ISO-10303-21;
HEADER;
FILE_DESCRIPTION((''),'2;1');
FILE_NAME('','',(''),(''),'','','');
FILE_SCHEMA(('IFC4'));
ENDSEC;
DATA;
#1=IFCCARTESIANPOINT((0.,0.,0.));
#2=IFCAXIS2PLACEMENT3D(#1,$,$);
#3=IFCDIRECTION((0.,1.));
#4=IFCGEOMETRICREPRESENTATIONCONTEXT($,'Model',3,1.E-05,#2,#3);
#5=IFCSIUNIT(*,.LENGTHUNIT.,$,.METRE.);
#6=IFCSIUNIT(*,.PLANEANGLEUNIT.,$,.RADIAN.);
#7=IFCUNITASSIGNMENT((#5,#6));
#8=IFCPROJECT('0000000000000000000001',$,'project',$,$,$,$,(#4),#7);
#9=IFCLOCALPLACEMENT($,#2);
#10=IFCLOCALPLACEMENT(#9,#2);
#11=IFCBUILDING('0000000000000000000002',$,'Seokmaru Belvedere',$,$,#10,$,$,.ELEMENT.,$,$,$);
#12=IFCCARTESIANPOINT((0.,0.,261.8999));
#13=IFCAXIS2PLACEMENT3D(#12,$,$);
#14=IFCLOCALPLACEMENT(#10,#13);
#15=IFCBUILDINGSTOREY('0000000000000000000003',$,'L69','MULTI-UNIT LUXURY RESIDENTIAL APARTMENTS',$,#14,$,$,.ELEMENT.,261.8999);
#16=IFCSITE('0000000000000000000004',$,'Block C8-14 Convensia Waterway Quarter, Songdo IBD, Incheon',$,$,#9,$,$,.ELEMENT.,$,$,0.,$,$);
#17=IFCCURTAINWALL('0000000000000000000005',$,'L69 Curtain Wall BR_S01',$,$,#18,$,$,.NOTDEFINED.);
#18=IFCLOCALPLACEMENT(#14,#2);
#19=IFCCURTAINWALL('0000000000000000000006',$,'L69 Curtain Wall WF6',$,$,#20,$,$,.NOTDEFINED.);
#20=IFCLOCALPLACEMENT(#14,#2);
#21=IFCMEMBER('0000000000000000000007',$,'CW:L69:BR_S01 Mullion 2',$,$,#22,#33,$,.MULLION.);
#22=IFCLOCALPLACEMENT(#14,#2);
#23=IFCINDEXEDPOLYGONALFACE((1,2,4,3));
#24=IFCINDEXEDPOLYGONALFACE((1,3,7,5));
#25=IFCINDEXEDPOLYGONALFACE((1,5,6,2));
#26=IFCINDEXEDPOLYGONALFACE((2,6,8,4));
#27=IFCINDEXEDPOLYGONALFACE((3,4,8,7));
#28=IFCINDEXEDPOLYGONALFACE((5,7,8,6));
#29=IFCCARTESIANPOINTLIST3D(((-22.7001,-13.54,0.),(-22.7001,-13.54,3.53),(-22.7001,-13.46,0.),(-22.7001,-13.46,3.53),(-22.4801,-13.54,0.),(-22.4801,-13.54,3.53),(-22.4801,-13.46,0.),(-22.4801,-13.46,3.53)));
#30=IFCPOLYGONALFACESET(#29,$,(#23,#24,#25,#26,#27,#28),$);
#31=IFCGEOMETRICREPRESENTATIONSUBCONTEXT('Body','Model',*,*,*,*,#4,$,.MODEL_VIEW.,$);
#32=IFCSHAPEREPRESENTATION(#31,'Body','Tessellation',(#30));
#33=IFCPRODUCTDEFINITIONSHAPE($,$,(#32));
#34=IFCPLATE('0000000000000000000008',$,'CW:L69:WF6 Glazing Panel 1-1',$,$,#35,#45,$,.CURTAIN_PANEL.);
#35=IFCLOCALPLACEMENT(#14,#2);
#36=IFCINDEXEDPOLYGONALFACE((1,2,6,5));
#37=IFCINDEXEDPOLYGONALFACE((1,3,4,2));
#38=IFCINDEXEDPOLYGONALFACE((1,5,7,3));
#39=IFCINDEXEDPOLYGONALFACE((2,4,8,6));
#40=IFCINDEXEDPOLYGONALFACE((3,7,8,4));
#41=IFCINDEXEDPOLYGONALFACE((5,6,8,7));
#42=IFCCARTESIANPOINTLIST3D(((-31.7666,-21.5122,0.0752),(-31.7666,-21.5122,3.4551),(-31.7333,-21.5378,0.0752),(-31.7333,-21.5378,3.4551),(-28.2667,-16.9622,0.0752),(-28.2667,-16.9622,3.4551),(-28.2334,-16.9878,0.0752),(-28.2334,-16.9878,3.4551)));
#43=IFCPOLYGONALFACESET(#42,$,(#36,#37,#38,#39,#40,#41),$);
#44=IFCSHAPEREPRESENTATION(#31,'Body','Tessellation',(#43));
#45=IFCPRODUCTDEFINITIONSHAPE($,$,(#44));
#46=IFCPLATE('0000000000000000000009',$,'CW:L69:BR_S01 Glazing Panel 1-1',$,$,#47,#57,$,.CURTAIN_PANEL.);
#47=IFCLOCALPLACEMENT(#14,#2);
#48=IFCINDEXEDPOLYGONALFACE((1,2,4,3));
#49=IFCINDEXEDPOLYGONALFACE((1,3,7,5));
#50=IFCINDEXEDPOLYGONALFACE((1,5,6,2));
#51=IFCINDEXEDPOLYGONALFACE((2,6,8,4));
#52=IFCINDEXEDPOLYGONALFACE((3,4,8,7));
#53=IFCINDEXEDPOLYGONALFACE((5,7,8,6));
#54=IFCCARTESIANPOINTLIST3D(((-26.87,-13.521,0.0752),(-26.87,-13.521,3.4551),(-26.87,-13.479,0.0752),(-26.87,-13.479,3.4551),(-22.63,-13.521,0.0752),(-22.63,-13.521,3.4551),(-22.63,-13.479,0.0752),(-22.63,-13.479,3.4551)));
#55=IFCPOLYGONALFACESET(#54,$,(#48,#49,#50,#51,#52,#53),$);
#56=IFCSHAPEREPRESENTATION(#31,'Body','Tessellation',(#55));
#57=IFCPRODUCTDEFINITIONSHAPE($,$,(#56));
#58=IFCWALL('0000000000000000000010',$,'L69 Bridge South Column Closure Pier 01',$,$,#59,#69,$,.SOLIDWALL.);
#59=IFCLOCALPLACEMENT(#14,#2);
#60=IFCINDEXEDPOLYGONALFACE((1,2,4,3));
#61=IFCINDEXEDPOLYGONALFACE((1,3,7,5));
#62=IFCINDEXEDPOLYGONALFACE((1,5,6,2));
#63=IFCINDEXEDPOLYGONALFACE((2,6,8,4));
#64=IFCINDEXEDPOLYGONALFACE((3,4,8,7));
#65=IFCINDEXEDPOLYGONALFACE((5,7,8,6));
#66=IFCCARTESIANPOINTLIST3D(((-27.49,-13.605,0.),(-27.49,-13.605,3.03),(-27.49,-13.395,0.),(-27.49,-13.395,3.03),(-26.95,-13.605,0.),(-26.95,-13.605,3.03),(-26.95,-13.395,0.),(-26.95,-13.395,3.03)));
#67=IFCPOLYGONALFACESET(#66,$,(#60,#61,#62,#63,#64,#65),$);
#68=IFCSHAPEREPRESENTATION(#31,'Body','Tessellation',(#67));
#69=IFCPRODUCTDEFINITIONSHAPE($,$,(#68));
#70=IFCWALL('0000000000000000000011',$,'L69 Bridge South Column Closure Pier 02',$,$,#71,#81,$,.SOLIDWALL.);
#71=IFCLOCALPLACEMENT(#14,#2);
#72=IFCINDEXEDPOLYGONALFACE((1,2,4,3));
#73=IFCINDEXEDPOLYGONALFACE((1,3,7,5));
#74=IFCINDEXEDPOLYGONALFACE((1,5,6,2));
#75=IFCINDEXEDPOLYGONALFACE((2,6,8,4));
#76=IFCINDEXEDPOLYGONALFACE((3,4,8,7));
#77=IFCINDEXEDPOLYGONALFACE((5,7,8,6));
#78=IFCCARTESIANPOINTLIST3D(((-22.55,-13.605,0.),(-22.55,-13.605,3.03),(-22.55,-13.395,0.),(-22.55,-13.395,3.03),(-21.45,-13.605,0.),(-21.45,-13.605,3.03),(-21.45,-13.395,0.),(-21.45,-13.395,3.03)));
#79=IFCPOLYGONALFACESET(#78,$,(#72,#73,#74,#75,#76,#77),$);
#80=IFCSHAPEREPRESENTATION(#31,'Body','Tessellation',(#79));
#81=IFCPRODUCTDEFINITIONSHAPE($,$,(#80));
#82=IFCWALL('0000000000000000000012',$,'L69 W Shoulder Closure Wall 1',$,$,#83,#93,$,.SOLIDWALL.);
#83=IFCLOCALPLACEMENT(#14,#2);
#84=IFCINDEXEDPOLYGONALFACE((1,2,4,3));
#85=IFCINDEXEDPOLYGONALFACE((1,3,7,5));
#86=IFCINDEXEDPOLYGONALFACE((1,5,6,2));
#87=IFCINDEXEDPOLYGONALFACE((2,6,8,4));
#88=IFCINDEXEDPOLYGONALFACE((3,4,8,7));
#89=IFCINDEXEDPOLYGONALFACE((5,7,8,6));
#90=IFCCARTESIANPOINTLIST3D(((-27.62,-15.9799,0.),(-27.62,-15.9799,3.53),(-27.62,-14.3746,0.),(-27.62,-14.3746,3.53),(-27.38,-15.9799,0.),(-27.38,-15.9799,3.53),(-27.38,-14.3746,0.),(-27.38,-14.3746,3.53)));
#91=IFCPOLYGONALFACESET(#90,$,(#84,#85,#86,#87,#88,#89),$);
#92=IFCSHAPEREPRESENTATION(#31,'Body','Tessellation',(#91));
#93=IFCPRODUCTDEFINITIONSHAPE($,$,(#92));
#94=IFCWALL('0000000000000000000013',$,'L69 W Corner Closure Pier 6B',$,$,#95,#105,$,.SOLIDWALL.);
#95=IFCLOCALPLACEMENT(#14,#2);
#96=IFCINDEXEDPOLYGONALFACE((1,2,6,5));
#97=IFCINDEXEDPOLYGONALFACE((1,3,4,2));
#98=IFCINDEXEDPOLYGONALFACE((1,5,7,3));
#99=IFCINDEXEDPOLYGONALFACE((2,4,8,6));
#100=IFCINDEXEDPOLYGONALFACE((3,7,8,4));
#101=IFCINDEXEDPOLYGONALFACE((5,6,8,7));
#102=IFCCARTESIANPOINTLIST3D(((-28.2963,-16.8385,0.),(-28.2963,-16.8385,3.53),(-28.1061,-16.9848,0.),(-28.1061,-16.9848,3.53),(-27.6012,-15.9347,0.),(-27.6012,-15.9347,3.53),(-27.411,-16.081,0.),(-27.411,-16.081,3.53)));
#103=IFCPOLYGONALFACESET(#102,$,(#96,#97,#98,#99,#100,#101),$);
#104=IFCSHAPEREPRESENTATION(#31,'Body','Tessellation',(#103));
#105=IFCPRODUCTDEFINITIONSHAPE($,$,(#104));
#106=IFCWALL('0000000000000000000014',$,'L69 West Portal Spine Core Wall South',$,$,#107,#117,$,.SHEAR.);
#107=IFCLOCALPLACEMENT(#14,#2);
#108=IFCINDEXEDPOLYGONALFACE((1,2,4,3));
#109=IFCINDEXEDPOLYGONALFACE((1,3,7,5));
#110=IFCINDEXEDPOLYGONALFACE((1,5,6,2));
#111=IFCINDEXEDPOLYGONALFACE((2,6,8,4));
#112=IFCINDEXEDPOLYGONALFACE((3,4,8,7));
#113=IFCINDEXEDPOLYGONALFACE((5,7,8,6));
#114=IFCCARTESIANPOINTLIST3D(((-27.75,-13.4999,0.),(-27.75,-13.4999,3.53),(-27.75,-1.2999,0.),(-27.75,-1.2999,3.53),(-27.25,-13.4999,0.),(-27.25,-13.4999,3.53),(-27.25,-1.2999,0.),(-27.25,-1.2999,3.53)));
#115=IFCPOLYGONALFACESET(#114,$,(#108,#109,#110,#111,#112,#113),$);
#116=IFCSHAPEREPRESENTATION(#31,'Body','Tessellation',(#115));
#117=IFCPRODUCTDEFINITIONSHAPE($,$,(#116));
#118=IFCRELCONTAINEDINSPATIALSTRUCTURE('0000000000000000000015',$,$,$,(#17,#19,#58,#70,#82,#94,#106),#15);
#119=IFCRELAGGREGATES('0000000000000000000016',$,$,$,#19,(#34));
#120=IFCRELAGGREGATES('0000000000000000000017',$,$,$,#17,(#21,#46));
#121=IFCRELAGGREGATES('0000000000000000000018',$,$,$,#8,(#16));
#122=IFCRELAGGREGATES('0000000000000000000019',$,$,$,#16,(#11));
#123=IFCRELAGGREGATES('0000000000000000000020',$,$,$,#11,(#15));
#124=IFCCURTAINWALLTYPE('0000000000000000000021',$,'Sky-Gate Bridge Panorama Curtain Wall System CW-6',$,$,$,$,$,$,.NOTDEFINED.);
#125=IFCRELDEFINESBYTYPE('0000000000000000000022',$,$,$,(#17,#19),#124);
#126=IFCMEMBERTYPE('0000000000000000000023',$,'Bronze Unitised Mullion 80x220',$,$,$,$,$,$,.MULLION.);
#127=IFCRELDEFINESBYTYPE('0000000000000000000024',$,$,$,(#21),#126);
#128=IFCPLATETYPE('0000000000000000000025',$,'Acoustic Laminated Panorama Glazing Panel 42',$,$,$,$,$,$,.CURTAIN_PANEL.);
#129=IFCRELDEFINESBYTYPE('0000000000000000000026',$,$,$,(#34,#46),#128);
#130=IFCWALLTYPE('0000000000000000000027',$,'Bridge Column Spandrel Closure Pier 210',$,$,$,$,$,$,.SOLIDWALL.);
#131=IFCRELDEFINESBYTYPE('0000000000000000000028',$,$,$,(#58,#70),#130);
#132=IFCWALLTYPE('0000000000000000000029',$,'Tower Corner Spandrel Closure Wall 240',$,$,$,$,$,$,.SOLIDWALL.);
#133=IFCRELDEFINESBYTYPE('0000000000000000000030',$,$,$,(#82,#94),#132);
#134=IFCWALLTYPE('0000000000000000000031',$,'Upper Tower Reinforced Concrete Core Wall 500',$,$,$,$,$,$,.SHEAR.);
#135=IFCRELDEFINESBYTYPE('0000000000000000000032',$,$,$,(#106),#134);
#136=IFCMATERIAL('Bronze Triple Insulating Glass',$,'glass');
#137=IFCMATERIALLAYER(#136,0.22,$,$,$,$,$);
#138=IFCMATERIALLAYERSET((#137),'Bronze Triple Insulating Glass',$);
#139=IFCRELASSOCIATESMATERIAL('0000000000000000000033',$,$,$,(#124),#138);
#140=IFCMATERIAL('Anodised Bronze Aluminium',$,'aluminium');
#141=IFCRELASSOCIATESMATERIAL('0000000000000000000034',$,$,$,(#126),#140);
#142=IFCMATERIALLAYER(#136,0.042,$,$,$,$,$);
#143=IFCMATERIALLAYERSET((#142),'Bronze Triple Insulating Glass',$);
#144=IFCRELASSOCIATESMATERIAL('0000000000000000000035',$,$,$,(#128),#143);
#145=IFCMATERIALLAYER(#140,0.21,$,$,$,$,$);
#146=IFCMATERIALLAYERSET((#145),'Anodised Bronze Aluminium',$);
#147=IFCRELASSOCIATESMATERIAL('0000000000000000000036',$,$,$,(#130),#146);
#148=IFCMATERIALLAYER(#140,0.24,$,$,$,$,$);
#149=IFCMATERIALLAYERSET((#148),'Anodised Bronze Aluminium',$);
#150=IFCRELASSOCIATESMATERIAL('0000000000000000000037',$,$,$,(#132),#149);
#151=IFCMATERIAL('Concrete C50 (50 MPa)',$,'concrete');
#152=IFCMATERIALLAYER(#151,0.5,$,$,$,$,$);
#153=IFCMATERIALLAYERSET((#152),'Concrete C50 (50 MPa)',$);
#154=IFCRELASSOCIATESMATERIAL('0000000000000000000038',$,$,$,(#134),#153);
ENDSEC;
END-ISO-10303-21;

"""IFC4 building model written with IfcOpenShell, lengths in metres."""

from ifc_helpers import new_model, si_unit, direction, frame, frame_2d, origin, origin_2d, place, context, subcontext, project, spatial, rectangle, extrude, source, transform, mapped, material, layer, layer_set, material_profile, profile_set, type_object, type_shapes, element, aggregate, save


model = new_model("IFC4")

# Units and contexts
model_context = context("Model", 3, precision=1e-05, world=origin(), true_north=direction((0.0, 1.0)))
body_context = subcontext(model_context, "Body", "Model", "MODEL_VIEW")
ifc_project = project(units=[si_unit("LENGTHUNIT", "METRE"), si_unit("PLANEANGLEUNIT", "RADIAN")], contexts=[model_context])

# Site, building, storey
site_placement = place(None, origin())
site = spatial("IfcSite", under=ifc_project, at=site_placement, Name="Block C8-14 Convensia Waterway Quarter, Songdo IBD, Incheon", CompositionType="ELEMENT", RefElevation=0.0)
building_placement = place(site_placement, origin())
building = spatial("IfcBuilding", under=site, at=building_placement, Name="Seokmaru Belvedere", CompositionType="ELEMENT")
storey_placement = place(building_placement, frame((0.0, 0.0, 261.8999)))
storey = spatial("IfcBuildingStorey", under=building, at=storey_placement, Name="L69", Description="MULTI-UNIT LUXURY RESIDENTIAL APARTMENTS", CompositionType="ELEMENT", Elevation=261.8999)

# Curtain wall
ifc_material_1 = material(Name="Bronze Triple Insulating Glass", Category="glass")
ifc_layer_1 = layer(ifc_material_1, 0.22)
ifc_layer_set_1 = layer_set([ifc_layer_1], Name="Bronze Triple Insulating Glass")
curtain_wall_type = type_object("IfcCurtainWallType", Name="Sky-Gate Bridge Panorama Curtain Wall System CW-6", PredefinedType="NOTDEFINED", material=ifc_layer_set_1)
curtain_wall_1_placement = place(storey_placement, origin())
curtain_wall_1 = element("IfcCurtainWall", 1, at=curtain_wall_1_placement, inside=storey, type_object=curtain_wall_type, Name="L69 Curtain Wall BR_S01", PredefinedType="NOTDEFINED")
ifc_material_2 = material(Name="Anodised Bronze Aluminium", Category="aluminium")

# Curtain wall
curtain_wall_2_placement = place(storey_placement, origin())
curtain_wall_2 = element("IfcCurtainWall", 2, at=curtain_wall_2_placement, inside=storey, type_object=curtain_wall_type, Name="L69 Curtain Wall WF6", PredefinedType="NOTDEFINED")
ifc_material_profile_1 = material_profile(ifc_material_2, rectangle(XDim=0.0801, YDim=0.22, at=origin_2d()), Name="CW-M-80x220")
ifc_profile_set_1 = profile_set([ifc_material_profile_1], Name="Anodised Bronze Aluminium")
member_type_1 = type_object("IfcMemberType", Name="Bronze Unitised Mullion 80x220", PredefinedType="MULLION", material=ifc_profile_set_1)
shared_shape_1 = source(origin(), body_context, "Body", "SweptSolid", [
    extrude(rectangle(XDim=0.0801, YDim=0.22, at=origin_2d()), origin(), (0.0, 0.0, 1.0), 3.53),
])
type_shapes(member_type_1, [shared_shape_1])

# Member
member_1_placement = place(storey_placement, frame((-22.5901, -13.5, 0.0), z_axis=(0.0, 0.0, 1.0), x_axis=(0.0, 1.0, 0.0)))
member_1 = element("IfcMember", 3, at=member_1_placement, type_object=member_type_1, Name="CW:L69:BR_S01 Mullion 2", PredefinedType="MULLION", context=body_context, shape_type="MappedRepresentation", body=[
    mapped(shared_shape_1, transform((0.0, 0.0, 0.0), scale=1.0)),
])

# Plates
ifc_layer_2 = layer(ifc_material_1, 0.042)
ifc_layer_set_2 = layer_set([ifc_layer_2], Name="Bronze Triple Insulating Glass")
plate_type = type_object("IfcPlateType", Name="Acoustic Laminated Panorama Glazing Panel 42", PredefinedType="CURTAIN_PANEL", material=ifc_layer_set_2)
shared_shape_2 = source(origin(), body_context, "Body", "SweptSolid", [
    extrude(rectangle(XDim=5.7405, YDim=0.042, at=origin_2d()), origin(), (0.0, 0.0, 1.0), 3.3799),
])
plate_1_placement = place(storey_placement, frame((-30.0, -19.25, 0.0752), z_axis=(0.0, 0.0, 1.0), x_axis=(0.609701, 0.792631, 0.0)))
plate_1 = element("IfcPlate", 4, at=plate_1_placement, type_object=plate_type, Name="CW:L69:WF6 Glazing Panel 1-1", PredefinedType="CURTAIN_PANEL", context=body_context, shape_type="MappedRepresentation", body=[
    mapped(shared_shape_2, transform((0.0, 0.0, 0.0), scale=1.0)),
])
aggregate(curtain_wall_2, [plate_1])
shared_shape_3 = source(origin(), body_context, "Body", "SweptSolid", [
    extrude(rectangle(XDim=4.24, YDim=0.042, at=origin_2d()), origin(), (0.0, 0.0, 1.0), 3.3799),
])
type_shapes(plate_type, [shared_shape_2, shared_shape_3])
plate_2_placement = place(storey_placement, frame((-24.75, -13.5, 0.0752), z_axis=(0.0, 0.0, 1.0), x_axis=(1.0, 0.0, 0.0)))
plate_2 = element("IfcPlate", 5, at=plate_2_placement, type_object=plate_type, Name="CW:L69:BR_S01 Glazing Panel 1-1", PredefinedType="CURTAIN_PANEL", context=body_context, shape_type="MappedRepresentation", body=[
    mapped(shared_shape_3, transform((0.0, 0.0, 0.0), scale=1.0)),
])
aggregate(curtain_wall_1, [member_1, plate_2])

# Walls
ifc_layer_3 = layer(ifc_material_2, 0.21)
ifc_layer_set_3 = layer_set([ifc_layer_3], Name="Anodised Bronze Aluminium")
wall_type_1 = type_object("IfcWallType", Name="Bridge Column Spandrel Closure Pier 210", PredefinedType="SOLIDWALL", material=ifc_layer_set_3)
wall_1_placement = place(storey_placement, frame((-27.49, -13.5, 0.0), z_axis=(0.0, 0.0, 1.0), x_axis=(1.0, 0.0, 0.0)))
element("IfcWall", 6, at=wall_1_placement, inside=storey, type_object=wall_type_1, Name="L69 Bridge South Column Closure Pier 01", PredefinedType="SOLIDWALL", context=body_context, shape_type="SweptSolid", body=[
    extrude(rectangle(XDim=0.54, YDim=0.21, at=frame_2d((0.27, 0.0))), origin(), (0.0, 0.0, 1.0), 3.03),
])
wall_2_placement = place(storey_placement, frame((-22.55, -13.5, 0.0), z_axis=(0.0, 0.0, 1.0), x_axis=(1.0, 0.0, 0.0)))
element("IfcWall", 7, at=wall_2_placement, inside=storey, type_object=wall_type_1, Name="L69 Bridge South Column Closure Pier 02", PredefinedType="SOLIDWALL", context=body_context, shape_type="SweptSolid", body=[
    extrude(rectangle(XDim=1.1001, YDim=0.21, at=frame_2d((0.55, 0.0))), origin(), (0.0, 0.0, 1.0), 3.03),
])
ifc_layer_4 = layer(ifc_material_2, 0.24)
ifc_layer_set_4 = layer_set([ifc_layer_4], Name="Anodised Bronze Aluminium")
wall_type_2 = type_object("IfcWallType", Name="Tower Corner Spandrel Closure Wall 240", PredefinedType="SOLIDWALL", material=ifc_layer_set_4)
wall_3_placement = place(storey_placement, frame((-27.5, -15.98, 0.0), z_axis=(0.0, 0.0, 1.0), x_axis=(0.0, 1.0, 0.0)))
element("IfcWall", 8, at=wall_3_placement, inside=storey, type_object=wall_type_2, Name="L69 W Shoulder Closure Wall 1", PredefinedType="SOLIDWALL", context=body_context, shape_type="SweptSolid", body=[
    extrude(rectangle(XDim=1.6052, YDim=0.24, at=frame_2d((0.8027, 0.0))), origin(), (0.0, 0.0, 1.0), 3.53),
])
wall_4_placement = place(storey_placement, frame((-28.2012, -16.9116, 0.0), z_axis=(0.0, 0.0, 1.0), x_axis=(0.609618, 0.792696, 0.0)))
element("IfcWall", 9, at=wall_4_placement, inside=storey, type_object=wall_type_2, Name="L69 W Corner Closure Pier 6B", PredefinedType="SOLIDWALL", context=body_context, shape_type="SweptSolid", body=[
    extrude(rectangle(XDim=1.1401, YDim=0.24, at=frame_2d((0.5701, 0.0))), origin(), (0.0, 0.0, 1.0), 3.53),
])
ifc_material_3 = material(Name="Concrete C50 (50 MPa)", Category="concrete")
ifc_layer_5 = layer(ifc_material_3, 0.5)
ifc_layer_set_5 = layer_set([ifc_layer_5], Name="Concrete C50 (50 MPa)")
wall_type_3 = type_object("IfcWallType", Name="Upper Tower Reinforced Concrete Core Wall 500", PredefinedType="SHEAR", material=ifc_layer_set_5)
wall_5_placement = place(storey_placement, frame((-27.5, -13.5, 0.0), z_axis=(0.0, 0.0, 1.0), x_axis=(0.0, 1.0, 0.0)))
element("IfcWall", 10, at=wall_5_placement, inside=storey, type_object=wall_type_3, Name="L69 West Portal Spine Core Wall South", PredefinedType="SHEAR", context=body_context, shape_type="SweptSolid", body=[
    extrude(rectangle(XDim=12.2, YDim=0.5, at=frame_2d((6.1001, 0.0))), origin(), (0.0, 0.0, 1.0), 3.53),
])

save(model, "model.ifc")
